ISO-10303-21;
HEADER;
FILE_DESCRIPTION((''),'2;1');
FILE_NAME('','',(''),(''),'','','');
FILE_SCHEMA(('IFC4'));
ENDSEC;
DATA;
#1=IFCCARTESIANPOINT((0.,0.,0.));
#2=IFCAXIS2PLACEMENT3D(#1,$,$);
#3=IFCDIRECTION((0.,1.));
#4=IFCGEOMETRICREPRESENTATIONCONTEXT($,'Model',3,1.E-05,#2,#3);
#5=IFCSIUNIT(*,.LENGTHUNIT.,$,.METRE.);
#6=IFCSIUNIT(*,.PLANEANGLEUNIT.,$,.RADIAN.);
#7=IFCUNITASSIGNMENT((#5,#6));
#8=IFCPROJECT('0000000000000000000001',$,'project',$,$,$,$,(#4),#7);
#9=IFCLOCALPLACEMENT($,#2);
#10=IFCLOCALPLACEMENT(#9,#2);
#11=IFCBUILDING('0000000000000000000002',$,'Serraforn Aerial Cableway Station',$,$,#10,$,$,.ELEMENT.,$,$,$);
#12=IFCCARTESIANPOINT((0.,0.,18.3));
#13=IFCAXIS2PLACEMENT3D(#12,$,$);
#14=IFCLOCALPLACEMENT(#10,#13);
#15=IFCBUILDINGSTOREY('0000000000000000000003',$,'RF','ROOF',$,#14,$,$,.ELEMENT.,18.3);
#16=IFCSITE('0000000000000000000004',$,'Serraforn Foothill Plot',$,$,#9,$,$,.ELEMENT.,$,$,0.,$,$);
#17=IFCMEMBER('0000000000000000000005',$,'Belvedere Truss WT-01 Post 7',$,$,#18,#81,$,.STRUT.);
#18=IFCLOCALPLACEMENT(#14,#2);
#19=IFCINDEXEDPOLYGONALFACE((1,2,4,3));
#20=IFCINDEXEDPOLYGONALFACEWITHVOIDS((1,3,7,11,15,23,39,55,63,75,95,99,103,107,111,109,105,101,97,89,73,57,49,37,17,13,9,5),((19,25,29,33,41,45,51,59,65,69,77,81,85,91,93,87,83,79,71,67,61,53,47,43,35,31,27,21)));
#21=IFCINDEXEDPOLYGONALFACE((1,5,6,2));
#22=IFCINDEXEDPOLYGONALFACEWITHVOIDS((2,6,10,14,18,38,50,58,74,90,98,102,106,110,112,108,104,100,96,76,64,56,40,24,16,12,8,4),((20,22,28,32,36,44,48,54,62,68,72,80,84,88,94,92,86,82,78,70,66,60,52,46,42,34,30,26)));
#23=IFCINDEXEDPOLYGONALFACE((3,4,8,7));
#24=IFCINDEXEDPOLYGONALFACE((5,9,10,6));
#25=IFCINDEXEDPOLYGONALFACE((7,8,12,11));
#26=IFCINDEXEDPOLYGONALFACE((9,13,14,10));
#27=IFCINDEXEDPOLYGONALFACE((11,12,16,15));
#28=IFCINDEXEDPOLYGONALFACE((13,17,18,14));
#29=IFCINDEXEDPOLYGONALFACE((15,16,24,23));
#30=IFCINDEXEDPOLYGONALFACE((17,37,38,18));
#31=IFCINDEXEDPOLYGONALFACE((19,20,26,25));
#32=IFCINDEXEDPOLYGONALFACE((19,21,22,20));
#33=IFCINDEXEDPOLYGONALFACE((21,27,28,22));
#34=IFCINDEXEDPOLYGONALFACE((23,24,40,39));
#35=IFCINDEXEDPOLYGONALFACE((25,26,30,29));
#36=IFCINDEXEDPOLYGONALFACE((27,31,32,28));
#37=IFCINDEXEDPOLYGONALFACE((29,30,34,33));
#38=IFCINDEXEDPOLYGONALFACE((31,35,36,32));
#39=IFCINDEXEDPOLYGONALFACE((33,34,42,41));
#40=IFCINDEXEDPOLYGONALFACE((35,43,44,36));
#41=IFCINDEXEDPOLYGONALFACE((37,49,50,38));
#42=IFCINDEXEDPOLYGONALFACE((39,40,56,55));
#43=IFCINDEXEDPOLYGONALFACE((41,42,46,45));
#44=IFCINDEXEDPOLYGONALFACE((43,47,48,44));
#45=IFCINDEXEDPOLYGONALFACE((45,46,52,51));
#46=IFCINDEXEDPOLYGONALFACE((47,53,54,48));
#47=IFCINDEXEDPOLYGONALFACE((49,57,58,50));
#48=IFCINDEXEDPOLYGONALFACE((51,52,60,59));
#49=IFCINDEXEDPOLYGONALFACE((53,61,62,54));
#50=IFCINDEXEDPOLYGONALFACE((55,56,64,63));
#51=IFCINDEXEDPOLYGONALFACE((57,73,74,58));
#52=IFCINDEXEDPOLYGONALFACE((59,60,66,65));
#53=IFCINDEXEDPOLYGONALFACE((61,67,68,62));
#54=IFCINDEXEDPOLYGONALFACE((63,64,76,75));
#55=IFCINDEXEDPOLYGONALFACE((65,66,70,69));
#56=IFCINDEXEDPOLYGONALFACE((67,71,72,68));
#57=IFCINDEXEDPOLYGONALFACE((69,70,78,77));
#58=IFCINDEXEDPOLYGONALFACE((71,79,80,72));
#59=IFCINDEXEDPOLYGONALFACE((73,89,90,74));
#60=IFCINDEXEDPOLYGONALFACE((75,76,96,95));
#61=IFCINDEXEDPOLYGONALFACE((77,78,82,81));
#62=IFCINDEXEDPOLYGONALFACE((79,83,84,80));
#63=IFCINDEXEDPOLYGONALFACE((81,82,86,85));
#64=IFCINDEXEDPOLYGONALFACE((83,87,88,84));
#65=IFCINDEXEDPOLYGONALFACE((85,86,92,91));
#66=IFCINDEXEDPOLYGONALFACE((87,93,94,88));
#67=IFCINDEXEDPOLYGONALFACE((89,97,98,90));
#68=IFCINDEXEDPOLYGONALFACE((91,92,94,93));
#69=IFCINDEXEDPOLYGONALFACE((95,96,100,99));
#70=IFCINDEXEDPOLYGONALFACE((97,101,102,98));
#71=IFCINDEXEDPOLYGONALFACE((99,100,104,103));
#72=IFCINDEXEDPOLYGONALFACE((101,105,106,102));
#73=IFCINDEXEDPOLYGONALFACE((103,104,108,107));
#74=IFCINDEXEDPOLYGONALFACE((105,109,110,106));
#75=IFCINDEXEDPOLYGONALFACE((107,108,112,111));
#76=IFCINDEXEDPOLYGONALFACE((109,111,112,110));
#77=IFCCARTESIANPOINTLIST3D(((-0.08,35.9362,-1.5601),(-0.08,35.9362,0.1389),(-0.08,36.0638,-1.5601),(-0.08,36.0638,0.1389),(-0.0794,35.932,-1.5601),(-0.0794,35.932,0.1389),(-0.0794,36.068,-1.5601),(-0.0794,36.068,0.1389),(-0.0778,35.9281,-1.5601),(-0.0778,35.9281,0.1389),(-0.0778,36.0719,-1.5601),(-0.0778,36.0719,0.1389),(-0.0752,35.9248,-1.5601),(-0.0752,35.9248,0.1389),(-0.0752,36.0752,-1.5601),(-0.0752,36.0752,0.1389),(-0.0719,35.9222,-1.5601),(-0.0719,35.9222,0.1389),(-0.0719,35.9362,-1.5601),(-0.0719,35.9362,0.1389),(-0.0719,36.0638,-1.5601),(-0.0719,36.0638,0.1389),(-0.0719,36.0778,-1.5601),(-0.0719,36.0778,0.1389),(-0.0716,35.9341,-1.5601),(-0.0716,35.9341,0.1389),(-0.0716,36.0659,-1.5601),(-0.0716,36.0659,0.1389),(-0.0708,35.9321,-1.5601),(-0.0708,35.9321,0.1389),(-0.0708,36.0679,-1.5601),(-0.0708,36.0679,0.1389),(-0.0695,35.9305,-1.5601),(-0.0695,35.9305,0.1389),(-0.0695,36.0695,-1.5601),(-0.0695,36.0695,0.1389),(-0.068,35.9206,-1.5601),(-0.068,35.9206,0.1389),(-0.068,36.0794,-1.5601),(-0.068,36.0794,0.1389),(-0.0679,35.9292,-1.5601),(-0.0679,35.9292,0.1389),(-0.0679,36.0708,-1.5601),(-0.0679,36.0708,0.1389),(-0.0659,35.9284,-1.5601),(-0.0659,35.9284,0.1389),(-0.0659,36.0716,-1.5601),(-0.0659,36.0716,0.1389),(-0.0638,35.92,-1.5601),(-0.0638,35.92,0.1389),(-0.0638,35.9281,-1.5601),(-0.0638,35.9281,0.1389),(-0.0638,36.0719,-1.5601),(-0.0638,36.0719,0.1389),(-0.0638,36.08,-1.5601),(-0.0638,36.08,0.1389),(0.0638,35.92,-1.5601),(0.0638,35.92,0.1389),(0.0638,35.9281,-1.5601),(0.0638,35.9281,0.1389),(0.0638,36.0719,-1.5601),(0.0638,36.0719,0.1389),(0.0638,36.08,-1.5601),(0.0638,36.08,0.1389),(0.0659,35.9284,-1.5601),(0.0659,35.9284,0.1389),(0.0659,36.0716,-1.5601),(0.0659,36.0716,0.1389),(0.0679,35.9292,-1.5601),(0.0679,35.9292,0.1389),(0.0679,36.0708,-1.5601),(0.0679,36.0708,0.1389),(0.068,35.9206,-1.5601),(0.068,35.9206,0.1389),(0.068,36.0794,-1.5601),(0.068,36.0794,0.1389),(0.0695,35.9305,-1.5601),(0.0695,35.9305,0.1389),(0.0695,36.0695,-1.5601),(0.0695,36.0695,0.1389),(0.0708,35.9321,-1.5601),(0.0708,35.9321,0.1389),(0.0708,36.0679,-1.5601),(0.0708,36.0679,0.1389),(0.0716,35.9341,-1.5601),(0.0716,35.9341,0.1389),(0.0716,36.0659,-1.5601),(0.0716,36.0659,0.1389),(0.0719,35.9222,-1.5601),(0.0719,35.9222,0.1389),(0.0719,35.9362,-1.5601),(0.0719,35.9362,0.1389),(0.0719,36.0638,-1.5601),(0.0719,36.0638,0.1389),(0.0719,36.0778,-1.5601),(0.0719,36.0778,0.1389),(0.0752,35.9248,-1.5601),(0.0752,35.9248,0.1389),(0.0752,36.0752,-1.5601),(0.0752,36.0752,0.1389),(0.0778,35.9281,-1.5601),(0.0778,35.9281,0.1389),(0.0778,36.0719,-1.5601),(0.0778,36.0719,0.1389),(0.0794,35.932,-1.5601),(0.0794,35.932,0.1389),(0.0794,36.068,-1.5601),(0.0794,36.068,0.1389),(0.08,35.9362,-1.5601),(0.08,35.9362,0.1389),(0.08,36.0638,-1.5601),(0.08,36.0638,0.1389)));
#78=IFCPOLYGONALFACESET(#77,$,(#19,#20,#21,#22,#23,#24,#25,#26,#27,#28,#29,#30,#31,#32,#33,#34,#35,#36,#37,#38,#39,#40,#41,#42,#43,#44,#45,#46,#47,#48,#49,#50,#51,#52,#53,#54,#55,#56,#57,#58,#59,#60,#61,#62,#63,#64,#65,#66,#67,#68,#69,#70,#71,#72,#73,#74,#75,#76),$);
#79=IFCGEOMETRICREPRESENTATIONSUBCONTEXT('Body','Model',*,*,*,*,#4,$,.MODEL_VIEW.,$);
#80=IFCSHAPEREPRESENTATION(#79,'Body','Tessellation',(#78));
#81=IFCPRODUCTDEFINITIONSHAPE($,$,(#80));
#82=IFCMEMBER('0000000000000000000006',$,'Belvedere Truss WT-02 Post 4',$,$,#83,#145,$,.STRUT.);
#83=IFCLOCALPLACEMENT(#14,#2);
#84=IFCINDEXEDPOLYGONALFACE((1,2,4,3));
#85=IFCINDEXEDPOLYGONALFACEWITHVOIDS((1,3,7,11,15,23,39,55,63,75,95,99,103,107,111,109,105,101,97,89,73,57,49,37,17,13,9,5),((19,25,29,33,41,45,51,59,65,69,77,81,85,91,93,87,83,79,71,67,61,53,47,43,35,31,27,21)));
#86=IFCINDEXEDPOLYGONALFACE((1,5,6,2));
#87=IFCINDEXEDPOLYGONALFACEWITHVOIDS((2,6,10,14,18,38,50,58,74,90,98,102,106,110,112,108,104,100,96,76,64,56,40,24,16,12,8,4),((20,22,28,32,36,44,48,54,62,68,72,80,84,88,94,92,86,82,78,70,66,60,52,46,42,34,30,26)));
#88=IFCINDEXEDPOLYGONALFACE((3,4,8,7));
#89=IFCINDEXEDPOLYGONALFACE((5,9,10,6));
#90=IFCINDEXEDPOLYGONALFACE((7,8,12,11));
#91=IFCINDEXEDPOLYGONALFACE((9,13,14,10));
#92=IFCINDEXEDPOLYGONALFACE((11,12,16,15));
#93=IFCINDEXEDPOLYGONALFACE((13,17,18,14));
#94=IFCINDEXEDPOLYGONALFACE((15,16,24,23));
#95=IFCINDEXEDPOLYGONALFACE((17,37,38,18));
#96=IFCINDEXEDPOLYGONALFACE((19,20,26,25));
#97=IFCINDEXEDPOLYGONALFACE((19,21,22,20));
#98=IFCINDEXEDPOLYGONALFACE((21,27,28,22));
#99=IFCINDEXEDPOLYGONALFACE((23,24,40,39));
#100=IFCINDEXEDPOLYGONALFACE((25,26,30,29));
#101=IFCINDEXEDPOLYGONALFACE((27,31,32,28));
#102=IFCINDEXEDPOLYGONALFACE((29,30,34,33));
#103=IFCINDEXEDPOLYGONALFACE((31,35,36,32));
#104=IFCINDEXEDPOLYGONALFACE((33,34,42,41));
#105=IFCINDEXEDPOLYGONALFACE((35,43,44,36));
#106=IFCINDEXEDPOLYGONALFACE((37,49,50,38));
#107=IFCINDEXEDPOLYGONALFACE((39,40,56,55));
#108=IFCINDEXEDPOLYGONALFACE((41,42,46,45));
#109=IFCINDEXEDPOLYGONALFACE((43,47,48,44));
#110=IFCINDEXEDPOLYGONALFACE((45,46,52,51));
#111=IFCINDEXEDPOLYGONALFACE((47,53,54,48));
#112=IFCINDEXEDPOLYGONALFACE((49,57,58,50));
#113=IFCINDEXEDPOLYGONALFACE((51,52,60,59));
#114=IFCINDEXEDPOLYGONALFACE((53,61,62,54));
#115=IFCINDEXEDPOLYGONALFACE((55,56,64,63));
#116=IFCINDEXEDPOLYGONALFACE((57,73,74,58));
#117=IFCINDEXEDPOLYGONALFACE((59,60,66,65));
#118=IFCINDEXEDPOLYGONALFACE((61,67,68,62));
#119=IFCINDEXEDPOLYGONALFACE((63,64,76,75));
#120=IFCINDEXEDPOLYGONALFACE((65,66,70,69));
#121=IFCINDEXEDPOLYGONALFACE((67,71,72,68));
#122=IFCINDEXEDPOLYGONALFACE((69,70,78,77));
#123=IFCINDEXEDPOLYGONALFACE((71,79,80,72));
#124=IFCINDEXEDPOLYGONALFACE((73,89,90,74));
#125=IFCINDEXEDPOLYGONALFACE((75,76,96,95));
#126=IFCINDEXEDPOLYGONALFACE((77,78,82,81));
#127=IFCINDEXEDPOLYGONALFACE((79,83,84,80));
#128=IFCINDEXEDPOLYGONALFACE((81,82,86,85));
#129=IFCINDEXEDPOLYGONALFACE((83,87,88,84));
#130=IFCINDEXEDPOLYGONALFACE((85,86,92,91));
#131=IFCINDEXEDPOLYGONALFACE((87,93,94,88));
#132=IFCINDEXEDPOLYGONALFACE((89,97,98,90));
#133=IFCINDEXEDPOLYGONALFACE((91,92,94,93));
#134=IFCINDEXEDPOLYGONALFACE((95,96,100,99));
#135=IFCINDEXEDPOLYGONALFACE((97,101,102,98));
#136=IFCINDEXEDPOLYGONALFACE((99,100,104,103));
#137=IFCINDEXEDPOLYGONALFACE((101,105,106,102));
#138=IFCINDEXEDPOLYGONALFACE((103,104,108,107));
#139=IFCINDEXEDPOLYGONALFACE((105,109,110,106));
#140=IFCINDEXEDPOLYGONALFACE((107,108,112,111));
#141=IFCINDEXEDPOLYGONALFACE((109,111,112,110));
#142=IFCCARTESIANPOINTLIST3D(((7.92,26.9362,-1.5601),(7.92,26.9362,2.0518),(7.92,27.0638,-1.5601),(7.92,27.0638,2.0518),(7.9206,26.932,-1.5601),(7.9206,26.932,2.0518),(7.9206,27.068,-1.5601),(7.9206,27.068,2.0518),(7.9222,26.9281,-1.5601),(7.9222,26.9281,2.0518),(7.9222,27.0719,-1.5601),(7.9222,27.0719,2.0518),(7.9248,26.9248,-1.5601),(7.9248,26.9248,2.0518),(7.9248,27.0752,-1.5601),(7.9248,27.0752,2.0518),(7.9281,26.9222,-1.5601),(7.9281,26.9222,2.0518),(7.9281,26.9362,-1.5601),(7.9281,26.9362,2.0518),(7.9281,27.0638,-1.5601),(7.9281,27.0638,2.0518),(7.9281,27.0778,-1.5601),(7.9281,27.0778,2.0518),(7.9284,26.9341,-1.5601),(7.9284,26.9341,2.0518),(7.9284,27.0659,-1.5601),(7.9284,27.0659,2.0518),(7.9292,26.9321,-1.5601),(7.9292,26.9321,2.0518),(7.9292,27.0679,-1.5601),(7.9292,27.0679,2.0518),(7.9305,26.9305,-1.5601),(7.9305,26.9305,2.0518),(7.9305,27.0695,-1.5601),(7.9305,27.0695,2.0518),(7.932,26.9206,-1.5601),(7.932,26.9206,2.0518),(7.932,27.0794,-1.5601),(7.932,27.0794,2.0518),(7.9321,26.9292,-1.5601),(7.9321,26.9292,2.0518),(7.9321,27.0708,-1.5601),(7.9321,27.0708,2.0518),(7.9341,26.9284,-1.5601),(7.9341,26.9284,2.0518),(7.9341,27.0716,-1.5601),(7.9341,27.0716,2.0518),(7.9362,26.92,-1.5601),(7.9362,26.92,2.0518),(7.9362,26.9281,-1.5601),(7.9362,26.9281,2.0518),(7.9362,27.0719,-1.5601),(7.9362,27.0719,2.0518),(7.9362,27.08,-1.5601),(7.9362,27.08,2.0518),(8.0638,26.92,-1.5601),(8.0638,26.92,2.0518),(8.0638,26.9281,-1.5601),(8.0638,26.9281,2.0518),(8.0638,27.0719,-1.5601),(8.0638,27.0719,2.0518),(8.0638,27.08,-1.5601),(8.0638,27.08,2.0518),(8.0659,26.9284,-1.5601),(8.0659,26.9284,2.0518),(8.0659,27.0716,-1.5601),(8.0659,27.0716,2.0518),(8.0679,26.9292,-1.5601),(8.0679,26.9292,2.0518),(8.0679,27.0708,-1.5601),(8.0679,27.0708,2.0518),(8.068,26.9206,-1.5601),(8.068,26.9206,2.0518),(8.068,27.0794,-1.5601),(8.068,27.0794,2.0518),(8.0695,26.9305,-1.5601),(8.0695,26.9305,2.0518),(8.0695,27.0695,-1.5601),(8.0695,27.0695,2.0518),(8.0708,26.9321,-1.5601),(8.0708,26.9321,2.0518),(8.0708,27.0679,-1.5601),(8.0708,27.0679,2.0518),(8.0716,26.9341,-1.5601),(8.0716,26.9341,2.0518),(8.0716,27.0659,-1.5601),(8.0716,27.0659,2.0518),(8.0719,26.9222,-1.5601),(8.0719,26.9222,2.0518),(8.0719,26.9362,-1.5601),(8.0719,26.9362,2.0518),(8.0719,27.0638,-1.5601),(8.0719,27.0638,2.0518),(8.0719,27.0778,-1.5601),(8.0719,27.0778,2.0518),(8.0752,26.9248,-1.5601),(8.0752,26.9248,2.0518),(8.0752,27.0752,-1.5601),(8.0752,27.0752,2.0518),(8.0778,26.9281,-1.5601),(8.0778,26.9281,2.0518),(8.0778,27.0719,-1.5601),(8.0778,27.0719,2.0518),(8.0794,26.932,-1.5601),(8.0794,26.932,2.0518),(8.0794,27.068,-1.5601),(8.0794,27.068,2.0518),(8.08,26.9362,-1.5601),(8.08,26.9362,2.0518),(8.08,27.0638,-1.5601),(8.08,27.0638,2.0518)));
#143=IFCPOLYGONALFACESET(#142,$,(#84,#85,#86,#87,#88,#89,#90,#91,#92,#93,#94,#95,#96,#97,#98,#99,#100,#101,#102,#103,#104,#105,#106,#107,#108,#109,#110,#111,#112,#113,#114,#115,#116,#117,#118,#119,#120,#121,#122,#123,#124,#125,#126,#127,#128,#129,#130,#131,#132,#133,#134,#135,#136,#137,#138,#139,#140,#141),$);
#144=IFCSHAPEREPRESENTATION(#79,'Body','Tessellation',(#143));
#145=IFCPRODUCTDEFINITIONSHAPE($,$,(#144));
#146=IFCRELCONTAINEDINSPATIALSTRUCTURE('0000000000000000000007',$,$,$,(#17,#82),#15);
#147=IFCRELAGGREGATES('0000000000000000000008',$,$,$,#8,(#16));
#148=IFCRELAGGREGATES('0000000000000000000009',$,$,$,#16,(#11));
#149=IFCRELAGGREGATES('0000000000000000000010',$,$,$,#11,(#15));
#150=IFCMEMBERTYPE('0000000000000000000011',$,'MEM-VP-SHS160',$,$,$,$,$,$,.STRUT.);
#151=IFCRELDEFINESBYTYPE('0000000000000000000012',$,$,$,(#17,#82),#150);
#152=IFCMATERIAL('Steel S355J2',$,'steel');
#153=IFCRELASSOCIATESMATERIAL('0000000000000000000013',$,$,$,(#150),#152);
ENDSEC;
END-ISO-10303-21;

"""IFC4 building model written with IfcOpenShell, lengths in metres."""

from ifc_helpers import new_model, si_unit, direction, frame, origin, origin_2d, place, context, subcontext, project, spatial, hollow_rectangle, extrude, material, material_profile, profile_set, type_object, element, save


model = new_model("IFC4")

# Units and contexts
model_context = context("Model", 3, precision=1e-05, world=origin(), true_north=direction((0.0, 1.0)))
body_context = subcontext(model_context, "Body", "Model", "MODEL_VIEW")
ifc_project = project(units=[si_unit("LENGTHUNIT", "METRE"), si_unit("PLANEANGLEUNIT", "RADIAN")], contexts=[model_context])

# Site, building, storey
site_placement = place(None, origin())
site = spatial("IfcSite", under=ifc_project, at=site_placement, Name="Serraforn Foothill Plot", CompositionType="ELEMENT", RefElevation=0.0)
building_placement = place(site_placement, origin())
building = spatial("IfcBuilding", under=site, at=building_placement, Name="Serraforn Aerial Cableway Station", CompositionType="ELEMENT")
storey_placement = place(building_placement, frame((0.0, 0.0, 18.3)))
storey = spatial("IfcBuildingStorey", under=building, at=storey_placement, Name="RF", Description="ROOF", CompositionType="ELEMENT", Elevation=18.3)

# Members
ifc_material_1 = material(Name="Steel S355J2", Category="steel")
ifc_material_profile_1 = material_profile(ifc_material_1, hollow_rectangle(XDim=0.1599, YDim=0.1599, WallThickness=0.0081, InnerFilletRadius=0.0081, OuterFilletRadius=0.0161, at=origin_2d()), Name="SHS 160x160x8.0")
ifc_profile_set_1 = profile_set([ifc_material_profile_1], Name="Steel S355J2")
member_type_1 = type_object("IfcMemberType", Name="MEM-VP-SHS160", PredefinedType="STRUT", material=ifc_profile_set_1)
member_1_placement = place(storey_placement, frame((0.0, 36.0, -1.5601), z_axis=(0.0, 0.0, 1.0), x_axis=(1.0, 0.0, 0.0)))
element("IfcMember", 1, at=member_1_placement, inside=storey, type_object=member_type_1, Name="Belvedere Truss WT-01 Post 7", PredefinedType="STRUT", context=body_context, shape_type="SweptSolid", body=[
    extrude(hollow_rectangle(XDim=0.1599, YDim=0.1599, WallThickness=0.0081, InnerFilletRadius=0.0081, OuterFilletRadius=0.0161, at=origin_2d()), origin(), (0.0, 0.0, 1.0), 1.699),
])
member_2_placement = place(storey_placement, frame((8.0, 27.0, -1.5601), z_axis=(0.0, 0.0, 1.0), x_axis=(1.0, 0.0, 0.0)))
element("IfcMember", 2, at=member_2_placement, inside=storey, type_object=member_type_1, Name="Belvedere Truss WT-02 Post 4", PredefinedType="STRUT", context=body_context, shape_type="SweptSolid", body=[
    extrude(hollow_rectangle(XDim=0.1599, YDim=0.1599, WallThickness=0.0081, InnerFilletRadius=0.0081, OuterFilletRadius=0.0161, at=origin_2d()), origin(), (0.0, 0.0, 1.0), 3.6118),
])

save(model, "model.ifc")
